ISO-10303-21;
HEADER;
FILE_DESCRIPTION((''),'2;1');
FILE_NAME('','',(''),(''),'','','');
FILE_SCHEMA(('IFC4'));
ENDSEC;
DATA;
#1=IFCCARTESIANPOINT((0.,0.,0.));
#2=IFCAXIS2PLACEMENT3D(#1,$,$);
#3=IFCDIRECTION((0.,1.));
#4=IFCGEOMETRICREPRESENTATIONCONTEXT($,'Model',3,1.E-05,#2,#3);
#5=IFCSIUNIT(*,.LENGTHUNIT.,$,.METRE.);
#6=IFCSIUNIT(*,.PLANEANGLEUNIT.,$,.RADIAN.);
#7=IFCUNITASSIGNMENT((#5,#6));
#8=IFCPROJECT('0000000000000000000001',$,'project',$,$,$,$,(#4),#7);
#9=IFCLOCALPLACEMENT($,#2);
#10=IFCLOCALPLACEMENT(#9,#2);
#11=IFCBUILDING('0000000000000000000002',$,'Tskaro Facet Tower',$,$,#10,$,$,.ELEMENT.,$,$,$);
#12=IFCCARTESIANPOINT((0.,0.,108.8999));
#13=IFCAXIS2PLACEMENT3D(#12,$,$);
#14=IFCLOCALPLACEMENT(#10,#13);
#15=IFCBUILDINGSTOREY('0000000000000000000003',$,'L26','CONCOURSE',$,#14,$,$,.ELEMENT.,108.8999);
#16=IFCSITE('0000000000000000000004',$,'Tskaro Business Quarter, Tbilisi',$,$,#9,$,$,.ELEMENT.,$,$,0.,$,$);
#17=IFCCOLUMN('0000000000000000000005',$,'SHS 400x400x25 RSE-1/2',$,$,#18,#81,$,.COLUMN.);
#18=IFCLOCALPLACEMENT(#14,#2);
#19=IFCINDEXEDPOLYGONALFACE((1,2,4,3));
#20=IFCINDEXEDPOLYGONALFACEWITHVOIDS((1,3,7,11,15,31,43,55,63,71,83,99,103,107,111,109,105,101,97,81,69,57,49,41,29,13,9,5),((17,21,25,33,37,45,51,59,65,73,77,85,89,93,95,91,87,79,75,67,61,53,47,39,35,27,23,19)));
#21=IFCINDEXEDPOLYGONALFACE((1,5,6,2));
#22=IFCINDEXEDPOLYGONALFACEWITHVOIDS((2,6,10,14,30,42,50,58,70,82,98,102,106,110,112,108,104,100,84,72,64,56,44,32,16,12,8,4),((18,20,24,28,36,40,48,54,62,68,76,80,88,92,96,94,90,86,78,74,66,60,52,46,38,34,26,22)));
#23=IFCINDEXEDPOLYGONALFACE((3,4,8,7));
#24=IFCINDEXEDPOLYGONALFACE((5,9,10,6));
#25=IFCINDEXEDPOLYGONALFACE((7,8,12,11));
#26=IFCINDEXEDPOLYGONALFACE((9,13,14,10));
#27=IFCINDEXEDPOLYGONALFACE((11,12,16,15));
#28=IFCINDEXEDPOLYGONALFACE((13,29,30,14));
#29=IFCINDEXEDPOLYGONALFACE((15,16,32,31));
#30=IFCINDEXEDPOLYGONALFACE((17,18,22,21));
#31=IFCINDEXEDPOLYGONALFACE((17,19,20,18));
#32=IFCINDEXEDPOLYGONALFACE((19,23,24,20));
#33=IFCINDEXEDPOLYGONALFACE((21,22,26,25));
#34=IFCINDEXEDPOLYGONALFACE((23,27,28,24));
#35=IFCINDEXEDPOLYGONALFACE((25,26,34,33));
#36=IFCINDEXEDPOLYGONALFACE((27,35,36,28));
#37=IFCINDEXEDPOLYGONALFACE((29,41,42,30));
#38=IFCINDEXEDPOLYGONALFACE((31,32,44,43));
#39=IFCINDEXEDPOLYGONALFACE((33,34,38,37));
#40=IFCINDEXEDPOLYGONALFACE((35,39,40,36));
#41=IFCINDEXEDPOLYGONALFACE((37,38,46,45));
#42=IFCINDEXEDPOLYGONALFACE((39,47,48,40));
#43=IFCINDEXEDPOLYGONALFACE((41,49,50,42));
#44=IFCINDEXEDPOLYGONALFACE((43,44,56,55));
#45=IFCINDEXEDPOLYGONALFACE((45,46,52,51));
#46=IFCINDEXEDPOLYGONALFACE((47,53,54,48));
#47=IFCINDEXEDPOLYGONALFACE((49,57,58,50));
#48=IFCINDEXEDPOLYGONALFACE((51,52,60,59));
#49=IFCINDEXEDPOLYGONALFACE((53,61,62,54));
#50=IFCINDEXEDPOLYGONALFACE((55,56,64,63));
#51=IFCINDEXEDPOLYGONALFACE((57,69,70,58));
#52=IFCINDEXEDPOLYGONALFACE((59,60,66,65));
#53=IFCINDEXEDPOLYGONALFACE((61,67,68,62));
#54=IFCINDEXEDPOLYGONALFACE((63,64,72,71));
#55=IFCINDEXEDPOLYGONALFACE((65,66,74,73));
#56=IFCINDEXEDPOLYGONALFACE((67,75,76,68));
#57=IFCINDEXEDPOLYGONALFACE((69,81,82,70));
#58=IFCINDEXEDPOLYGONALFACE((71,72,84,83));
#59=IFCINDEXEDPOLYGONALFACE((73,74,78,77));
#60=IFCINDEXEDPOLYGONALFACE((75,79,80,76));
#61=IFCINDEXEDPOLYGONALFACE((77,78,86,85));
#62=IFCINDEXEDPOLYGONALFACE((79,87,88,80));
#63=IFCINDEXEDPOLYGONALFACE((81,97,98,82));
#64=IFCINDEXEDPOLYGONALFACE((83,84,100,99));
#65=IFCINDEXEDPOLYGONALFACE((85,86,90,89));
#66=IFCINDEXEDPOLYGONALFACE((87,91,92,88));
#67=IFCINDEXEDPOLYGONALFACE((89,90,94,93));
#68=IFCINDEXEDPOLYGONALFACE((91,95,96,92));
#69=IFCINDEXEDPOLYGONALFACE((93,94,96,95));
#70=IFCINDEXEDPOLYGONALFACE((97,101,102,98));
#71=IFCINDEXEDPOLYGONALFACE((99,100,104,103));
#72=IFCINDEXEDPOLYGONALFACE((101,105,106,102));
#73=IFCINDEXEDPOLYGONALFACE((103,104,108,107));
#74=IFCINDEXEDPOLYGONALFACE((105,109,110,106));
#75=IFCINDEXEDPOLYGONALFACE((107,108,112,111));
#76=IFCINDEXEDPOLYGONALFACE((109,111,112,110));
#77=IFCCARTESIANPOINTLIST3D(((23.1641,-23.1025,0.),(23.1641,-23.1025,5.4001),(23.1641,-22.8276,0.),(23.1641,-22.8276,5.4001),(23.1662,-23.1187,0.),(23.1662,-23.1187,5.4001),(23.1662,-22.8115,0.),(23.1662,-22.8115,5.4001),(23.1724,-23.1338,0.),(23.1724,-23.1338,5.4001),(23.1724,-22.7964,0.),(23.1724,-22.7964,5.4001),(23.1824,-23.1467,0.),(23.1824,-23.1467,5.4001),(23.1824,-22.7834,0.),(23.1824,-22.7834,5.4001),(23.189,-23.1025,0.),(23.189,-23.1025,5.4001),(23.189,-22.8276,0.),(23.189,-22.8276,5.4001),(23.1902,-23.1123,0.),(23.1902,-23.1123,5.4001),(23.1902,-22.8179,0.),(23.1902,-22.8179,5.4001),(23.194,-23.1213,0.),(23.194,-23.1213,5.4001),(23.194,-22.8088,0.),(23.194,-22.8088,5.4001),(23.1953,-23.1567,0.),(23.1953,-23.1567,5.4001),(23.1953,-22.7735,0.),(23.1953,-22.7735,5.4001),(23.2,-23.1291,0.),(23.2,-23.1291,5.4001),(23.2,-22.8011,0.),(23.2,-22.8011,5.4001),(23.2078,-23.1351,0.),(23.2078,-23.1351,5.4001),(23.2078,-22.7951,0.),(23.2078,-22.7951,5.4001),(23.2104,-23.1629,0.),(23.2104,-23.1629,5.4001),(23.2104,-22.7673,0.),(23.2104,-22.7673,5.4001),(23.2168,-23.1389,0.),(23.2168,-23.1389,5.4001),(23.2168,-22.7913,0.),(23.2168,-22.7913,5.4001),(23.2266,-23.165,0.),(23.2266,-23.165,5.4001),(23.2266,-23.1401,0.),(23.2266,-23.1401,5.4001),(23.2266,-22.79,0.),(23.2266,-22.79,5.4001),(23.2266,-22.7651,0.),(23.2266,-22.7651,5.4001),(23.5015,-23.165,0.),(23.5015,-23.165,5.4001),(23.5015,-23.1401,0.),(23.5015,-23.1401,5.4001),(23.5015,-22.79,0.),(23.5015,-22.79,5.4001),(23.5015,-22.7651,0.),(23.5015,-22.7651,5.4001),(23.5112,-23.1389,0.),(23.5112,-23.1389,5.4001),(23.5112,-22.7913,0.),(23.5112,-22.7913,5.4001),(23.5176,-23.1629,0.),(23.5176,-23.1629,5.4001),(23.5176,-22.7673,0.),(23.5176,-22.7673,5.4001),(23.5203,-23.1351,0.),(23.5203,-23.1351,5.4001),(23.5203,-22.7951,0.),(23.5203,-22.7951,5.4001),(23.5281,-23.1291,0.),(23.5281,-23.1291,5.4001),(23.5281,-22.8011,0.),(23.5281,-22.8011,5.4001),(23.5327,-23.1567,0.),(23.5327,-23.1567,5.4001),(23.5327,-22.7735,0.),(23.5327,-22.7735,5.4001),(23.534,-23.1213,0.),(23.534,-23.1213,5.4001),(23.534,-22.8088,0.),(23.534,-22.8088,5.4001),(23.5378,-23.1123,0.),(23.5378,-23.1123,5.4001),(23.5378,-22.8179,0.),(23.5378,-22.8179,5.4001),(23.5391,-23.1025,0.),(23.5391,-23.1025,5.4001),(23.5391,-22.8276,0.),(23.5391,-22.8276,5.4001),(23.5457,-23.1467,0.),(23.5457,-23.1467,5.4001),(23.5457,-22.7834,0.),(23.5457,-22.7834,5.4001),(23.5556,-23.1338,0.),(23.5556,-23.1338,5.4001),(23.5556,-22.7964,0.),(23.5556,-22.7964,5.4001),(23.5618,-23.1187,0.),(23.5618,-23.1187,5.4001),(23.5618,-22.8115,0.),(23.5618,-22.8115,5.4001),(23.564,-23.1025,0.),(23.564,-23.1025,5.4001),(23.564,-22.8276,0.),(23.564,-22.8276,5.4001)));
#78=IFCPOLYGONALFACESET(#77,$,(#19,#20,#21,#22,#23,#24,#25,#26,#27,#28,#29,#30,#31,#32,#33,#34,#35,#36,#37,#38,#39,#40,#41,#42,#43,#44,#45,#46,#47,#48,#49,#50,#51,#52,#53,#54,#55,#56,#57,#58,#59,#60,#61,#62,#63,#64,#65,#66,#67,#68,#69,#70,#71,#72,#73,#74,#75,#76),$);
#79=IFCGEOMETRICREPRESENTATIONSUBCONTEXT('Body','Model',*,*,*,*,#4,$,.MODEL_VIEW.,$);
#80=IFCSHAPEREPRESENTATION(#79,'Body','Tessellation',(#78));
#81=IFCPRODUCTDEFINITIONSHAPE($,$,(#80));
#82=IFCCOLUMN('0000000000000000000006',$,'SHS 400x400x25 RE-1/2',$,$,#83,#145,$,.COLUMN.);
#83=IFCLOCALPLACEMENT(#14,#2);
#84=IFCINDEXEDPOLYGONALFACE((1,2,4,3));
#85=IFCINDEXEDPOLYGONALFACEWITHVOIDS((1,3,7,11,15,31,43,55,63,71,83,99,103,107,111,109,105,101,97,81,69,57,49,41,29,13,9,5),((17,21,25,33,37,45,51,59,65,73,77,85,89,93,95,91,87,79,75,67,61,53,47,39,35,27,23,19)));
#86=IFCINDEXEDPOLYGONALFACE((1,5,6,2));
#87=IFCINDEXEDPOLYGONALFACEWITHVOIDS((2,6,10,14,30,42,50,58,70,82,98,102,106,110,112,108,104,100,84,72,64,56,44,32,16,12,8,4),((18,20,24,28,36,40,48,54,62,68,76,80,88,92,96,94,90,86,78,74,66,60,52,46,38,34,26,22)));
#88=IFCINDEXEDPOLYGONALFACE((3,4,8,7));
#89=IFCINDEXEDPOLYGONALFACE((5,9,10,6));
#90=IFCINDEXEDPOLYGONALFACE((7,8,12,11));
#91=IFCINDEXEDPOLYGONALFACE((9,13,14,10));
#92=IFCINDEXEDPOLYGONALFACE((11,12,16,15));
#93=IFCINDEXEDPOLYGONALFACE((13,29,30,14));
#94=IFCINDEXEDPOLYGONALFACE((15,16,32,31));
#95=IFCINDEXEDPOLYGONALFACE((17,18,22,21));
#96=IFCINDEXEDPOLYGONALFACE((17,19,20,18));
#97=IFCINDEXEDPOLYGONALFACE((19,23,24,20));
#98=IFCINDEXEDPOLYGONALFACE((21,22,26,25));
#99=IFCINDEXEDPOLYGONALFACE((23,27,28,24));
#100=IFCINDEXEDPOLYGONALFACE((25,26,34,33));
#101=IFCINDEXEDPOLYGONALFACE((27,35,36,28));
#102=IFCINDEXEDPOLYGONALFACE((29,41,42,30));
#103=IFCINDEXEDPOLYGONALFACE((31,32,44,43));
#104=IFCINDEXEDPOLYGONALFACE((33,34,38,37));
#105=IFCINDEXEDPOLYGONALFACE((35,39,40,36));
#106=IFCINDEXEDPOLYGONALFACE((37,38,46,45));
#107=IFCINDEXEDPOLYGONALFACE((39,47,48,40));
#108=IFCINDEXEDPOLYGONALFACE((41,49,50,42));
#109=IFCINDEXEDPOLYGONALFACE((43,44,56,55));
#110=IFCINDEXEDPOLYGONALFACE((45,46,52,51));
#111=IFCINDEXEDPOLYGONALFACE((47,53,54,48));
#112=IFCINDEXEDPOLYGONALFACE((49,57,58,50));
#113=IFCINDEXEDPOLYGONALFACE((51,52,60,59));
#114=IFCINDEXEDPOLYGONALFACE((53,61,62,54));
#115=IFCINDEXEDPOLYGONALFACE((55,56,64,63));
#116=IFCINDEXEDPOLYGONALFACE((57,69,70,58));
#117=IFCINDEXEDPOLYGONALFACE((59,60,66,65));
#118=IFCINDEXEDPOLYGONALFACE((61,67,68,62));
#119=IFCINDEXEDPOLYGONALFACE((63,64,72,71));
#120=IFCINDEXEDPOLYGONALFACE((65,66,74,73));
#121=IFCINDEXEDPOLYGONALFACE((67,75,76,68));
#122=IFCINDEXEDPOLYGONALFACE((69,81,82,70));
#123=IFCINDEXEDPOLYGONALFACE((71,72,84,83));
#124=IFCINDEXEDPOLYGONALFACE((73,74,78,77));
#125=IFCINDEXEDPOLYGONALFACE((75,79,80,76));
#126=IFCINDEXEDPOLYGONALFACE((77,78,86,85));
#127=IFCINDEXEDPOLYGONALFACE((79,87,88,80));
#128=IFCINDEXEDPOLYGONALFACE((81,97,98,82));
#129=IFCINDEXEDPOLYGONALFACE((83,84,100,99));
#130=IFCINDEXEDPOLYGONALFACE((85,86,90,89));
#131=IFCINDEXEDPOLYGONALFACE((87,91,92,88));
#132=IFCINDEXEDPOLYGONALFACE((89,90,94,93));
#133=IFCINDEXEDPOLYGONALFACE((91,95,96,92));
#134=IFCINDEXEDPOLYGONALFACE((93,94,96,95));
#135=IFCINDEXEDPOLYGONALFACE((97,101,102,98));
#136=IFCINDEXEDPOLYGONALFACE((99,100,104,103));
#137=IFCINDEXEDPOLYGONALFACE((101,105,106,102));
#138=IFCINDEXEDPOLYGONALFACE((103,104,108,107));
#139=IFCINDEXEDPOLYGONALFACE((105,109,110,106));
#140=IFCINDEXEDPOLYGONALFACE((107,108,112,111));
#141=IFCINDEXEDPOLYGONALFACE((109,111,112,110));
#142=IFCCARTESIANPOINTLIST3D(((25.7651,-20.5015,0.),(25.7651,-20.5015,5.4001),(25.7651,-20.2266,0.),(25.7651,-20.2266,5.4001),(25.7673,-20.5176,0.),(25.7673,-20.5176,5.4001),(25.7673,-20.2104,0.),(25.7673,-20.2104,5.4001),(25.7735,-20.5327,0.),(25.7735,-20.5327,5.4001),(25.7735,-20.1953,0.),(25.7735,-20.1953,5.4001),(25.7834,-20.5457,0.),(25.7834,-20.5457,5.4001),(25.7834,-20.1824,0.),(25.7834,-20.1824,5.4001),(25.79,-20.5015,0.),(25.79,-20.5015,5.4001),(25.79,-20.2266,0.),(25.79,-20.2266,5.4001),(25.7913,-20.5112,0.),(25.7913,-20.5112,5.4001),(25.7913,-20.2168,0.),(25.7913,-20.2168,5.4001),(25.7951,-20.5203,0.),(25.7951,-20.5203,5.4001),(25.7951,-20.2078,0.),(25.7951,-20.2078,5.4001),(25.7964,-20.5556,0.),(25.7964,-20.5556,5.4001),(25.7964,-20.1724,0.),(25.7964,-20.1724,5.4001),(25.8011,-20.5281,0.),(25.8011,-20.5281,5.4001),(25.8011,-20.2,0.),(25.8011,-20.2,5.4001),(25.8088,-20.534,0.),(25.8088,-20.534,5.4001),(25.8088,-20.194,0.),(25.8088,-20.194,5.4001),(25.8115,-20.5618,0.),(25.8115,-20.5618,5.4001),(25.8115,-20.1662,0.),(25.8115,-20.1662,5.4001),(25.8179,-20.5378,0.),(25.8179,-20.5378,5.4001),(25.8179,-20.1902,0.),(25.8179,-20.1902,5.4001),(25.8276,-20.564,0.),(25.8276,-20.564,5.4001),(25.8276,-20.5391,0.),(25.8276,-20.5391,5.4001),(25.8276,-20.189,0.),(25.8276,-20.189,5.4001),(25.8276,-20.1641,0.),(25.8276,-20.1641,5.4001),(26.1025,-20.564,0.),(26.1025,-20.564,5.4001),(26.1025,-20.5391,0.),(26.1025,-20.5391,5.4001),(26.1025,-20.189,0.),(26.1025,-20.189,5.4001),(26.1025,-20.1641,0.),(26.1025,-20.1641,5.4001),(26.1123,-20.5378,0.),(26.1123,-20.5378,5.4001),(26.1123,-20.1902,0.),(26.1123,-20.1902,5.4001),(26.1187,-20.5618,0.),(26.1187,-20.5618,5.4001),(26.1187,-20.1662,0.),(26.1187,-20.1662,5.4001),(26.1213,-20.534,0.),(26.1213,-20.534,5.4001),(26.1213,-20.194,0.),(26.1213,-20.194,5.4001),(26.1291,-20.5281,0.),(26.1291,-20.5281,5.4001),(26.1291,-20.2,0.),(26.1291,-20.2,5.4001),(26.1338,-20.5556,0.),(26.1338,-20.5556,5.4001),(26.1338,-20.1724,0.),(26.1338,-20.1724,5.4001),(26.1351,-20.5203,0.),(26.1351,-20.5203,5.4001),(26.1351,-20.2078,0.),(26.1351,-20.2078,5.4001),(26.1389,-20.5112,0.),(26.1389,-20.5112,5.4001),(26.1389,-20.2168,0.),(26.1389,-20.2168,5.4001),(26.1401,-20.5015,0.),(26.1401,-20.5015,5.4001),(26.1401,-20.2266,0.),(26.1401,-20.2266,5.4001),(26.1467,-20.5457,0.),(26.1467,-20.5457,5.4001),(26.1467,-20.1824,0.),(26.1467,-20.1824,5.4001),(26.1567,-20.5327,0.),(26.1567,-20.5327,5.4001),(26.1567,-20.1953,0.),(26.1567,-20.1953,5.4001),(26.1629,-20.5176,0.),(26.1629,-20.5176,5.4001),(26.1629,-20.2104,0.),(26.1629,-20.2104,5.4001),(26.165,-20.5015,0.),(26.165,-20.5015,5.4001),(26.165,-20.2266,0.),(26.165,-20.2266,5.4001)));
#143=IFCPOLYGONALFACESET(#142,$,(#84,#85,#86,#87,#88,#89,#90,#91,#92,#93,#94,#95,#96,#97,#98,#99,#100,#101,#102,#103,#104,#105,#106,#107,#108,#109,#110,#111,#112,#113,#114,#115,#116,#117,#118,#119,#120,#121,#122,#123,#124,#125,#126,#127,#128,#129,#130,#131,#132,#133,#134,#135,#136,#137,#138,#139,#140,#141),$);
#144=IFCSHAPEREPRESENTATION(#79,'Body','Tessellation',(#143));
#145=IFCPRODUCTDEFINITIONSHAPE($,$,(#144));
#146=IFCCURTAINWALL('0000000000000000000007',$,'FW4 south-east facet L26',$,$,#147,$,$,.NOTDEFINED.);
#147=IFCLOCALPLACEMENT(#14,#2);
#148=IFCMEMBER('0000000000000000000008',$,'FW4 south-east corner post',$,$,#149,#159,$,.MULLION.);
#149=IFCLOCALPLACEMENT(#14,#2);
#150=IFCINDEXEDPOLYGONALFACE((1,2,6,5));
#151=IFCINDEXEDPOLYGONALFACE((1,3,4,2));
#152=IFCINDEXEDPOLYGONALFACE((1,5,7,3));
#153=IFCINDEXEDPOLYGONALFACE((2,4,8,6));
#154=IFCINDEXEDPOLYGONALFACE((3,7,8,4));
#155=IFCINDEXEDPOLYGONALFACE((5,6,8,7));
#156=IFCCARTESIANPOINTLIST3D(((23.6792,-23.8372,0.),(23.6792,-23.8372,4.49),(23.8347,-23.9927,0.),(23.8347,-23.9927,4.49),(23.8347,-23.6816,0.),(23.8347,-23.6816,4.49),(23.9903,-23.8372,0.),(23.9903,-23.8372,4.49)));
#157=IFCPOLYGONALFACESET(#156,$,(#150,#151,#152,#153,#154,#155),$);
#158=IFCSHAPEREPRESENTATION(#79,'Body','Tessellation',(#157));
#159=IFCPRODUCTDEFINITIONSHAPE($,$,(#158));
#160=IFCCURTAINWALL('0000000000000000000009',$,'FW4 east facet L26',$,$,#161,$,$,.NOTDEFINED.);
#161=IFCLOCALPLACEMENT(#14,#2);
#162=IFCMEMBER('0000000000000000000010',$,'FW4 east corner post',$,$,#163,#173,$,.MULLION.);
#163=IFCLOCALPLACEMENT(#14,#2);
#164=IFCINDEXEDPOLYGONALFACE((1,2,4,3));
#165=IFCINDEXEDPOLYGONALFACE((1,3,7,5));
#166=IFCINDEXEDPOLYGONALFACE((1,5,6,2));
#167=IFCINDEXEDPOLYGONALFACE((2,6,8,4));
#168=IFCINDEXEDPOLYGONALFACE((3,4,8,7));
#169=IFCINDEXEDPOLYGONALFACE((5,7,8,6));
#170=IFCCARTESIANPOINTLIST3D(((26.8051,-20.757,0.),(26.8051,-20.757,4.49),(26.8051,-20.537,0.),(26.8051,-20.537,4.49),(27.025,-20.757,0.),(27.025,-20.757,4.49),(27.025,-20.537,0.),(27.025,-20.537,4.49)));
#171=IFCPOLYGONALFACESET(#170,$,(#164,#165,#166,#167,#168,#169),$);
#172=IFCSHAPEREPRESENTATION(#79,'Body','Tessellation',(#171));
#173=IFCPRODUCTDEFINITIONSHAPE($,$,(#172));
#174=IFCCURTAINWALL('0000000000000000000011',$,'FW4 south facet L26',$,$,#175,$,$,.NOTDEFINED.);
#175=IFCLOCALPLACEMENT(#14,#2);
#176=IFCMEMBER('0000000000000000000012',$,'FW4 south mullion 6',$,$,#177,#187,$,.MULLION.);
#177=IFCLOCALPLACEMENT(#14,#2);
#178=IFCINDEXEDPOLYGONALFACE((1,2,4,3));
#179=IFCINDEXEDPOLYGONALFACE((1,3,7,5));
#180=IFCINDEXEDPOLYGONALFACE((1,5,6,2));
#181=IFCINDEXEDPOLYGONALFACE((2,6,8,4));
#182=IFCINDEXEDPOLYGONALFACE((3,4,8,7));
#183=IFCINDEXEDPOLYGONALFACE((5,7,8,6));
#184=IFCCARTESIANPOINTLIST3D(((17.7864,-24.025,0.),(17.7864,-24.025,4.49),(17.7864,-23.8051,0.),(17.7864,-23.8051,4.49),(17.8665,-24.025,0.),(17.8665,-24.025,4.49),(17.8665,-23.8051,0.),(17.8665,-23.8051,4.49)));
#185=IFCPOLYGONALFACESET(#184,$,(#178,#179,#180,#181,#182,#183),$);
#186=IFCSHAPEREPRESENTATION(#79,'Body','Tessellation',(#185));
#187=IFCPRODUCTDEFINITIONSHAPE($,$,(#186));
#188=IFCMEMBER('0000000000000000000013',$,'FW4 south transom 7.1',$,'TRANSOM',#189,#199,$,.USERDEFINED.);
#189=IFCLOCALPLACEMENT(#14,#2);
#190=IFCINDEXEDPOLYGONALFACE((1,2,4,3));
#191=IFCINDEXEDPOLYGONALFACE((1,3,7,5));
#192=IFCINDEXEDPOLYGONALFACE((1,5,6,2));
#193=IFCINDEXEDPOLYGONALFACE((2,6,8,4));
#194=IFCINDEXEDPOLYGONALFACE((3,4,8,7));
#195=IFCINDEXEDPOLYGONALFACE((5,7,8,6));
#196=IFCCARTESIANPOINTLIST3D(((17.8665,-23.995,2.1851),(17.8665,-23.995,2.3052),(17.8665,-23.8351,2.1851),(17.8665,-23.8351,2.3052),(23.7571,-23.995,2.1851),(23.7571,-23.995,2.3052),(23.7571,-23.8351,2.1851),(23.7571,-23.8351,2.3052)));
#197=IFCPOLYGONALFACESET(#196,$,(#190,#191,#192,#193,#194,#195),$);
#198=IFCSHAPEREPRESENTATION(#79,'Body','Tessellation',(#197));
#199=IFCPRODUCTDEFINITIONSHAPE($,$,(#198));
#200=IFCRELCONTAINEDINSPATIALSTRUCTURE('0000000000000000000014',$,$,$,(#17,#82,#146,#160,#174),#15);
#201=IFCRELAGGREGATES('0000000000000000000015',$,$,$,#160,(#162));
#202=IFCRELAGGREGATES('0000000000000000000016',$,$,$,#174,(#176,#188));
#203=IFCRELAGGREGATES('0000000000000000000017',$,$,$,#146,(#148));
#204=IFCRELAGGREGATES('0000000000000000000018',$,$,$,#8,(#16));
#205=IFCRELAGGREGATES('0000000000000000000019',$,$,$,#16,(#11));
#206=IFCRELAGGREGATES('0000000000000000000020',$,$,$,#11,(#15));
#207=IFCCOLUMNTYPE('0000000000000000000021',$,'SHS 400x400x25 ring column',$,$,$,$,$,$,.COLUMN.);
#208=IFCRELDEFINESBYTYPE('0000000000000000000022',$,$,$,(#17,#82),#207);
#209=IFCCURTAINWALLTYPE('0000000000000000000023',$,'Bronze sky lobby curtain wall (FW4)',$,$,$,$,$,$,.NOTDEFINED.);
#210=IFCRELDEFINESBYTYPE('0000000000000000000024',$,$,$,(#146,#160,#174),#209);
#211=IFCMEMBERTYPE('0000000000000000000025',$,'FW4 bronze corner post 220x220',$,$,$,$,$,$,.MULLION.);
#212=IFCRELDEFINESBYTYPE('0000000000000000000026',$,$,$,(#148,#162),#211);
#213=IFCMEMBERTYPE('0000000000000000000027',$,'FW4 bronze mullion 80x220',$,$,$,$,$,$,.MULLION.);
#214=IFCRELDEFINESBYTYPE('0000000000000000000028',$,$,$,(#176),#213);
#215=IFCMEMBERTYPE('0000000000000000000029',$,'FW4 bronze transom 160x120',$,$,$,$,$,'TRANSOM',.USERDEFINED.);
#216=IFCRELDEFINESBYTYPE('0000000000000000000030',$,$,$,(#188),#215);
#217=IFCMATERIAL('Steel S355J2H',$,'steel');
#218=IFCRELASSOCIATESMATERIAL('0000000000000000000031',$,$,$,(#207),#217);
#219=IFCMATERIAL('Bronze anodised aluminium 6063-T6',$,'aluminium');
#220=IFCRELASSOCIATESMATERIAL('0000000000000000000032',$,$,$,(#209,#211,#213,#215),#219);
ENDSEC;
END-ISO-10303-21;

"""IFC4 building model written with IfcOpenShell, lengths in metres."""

from ifc_helpers import new_model, si_unit, direction, frame, origin, origin_2d, place, context, subcontext, project, spatial, rectangle, hollow_rectangle, extrude, material, material_profile, profile_set, type_object, element, aggregate, save


model = new_model("IFC4")

# Units and contexts
model_context = context("Model", 3, precision=1e-05, world=origin(), true_north=direction((0.0, 1.0)))
body_context = subcontext(model_context, "Body", "Model", "MODEL_VIEW")
ifc_project = project(units=[si_unit("LENGTHUNIT", "METRE"), si_unit("PLANEANGLEUNIT", "RADIAN")], contexts=[model_context])

# Site, building, storey
site_placement = place(None, origin())
site = spatial("IfcSite", under=ifc_project, at=site_placement, Name="Tskaro Business Quarter, Tbilisi", CompositionType="ELEMENT", RefElevation=0.0)
building_placement = place(site_placement, origin())
building = spatial("IfcBuilding", under=site, at=building_placement, Name="Tskaro Facet Tower", CompositionType="ELEMENT")
storey_placement = place(building_placement, frame((0.0, 0.0, 108.8999)))
storey = spatial("IfcBuildingStorey", under=building, at=storey_placement, Name="L26", Description="CONCOURSE", CompositionType="ELEMENT", Elevation=108.8999)

# Columns
ifc_material_1 = material(Name="Steel S355J2H", Category="steel")
ifc_material_profile_1 = material_profile(ifc_material_1, hollow_rectangle(XDim=0.3999, YDim=0.3999, WallThickness=0.0249, InnerFilletRadius=0.0376, OuterFilletRadius=0.0625, at=origin_2d()), Name="SHS 400x400x25")
ifc_profile_set_1 = profile_set([ifc_material_profile_1], Name="Steel S355J2H")
column_type_1 = type_object("IfcColumnType", Name="SHS 400x400x25 ring column", PredefinedType="COLUMN", material=ifc_profile_set_1)
for number, where, z_axis, x_axis, name in (
    (1, (23.364, -22.9651, 0.0), (0.0, 0.0, 1.0), (1.0, 0.0, 0.0), "SHS 400x400x25 RSE-1/2"),
    (2, (25.9651, -20.364, 0.0), (0.0, 0.0, 1.0), (1.0, 0.0, 0.0), "SHS 400x400x25 RE-1/2"),
):
    element("IfcColumn", number, at=place(storey_placement, frame(where, z_axis=z_axis, x_axis=x_axis)), inside=storey, type_object=column_type_1, Name=name, PredefinedType="COLUMN", context=body_context, shape_type="SweptSolid", body=[
        extrude(hollow_rectangle(XDim=0.3999, YDim=0.3999, WallThickness=0.0249, InnerFilletRadius=0.0376, OuterFilletRadius=0.0625, at=origin_2d()), origin(), (0.0, 0.0, 1.0), 5.4001),
    ])

# Curtain walls, members
ifc_material_2 = material(Name="Bronze anodised aluminium 6063-T6", Category="aluminium")
curtain_wall_type = type_object("IfcCurtainWallType", Name="Bronze sky lobby curtain wall (FW4)", PredefinedType="NOTDEFINED", material=ifc_material_2)
curtain_wall_1_placement = place(storey_placement, origin())
curtain_wall_1 = element("IfcCurtainWall", 3, at=curtain_wall_1_placement, inside=storey, type_object=curtain_wall_type, Name="FW4 south-east facet L26", PredefinedType="NOTDEFINED")
ifc_material_profile_2 = material_profile(ifc_material_2, rectangle(XDim=0.22, YDim=0.22, at=origin_2d()), Name="Corner post 220x220")
ifc_profile_set_2 = profile_set([ifc_material_profile_2], Name="Bronze anodised aluminium 6063-T6")
member_type_1 = type_object("IfcMemberType", Name="FW4 bronze corner post 220x220", PredefinedType="MULLION", material=ifc_profile_set_2)
member_1_placement = place(storey_placement, frame((23.8347, -23.8372, 0.0), z_axis=(0.0, 0.0, 1.0), x_axis=(0.707107, 0.707107, 0.0)))
member_1 = element("IfcMember", 4, at=member_1_placement, type_object=member_type_1, Name="FW4 south-east corner post", PredefinedType="MULLION", context=body_context, shape_type="SweptSolid", body=[
    extrude(rectangle(XDim=0.22, YDim=0.22, at=origin_2d()), origin(), (0.0, 0.0, 1.0), 4.49),
])
curtain_wall_2_placement = place(storey_placement, origin())
curtain_wall_2 = element("IfcCurtainWall", 5, at=curtain_wall_2_placement, inside=storey, type_object=curtain_wall_type, Name="FW4 east facet L26", PredefinedType="NOTDEFINED")
member_2_placement = place(storey_placement, frame((26.915, -20.647, 0.0), z_axis=(0.0, 0.0, 1.0), x_axis=(0.0, 1.0, 0.0)))
member_2 = element("IfcMember", 6, at=member_2_placement, type_object=member_type_1, Name="FW4 east corner post", PredefinedType="MULLION", context=body_context, shape_type="SweptSolid", body=[
    extrude(rectangle(XDim=0.22, YDim=0.22, at=origin_2d()), origin(), (0.0, 0.0, 1.0), 4.49),
])

# Curtain wall, members
curtain_wall_3_placement = place(storey_placement, origin())
curtain_wall_3 = element("IfcCurtainWall", 7, at=curtain_wall_3_placement, inside=storey, type_object=curtain_wall_type, Name="FW4 south facet L26", PredefinedType="NOTDEFINED")
ifc_material_profile_3 = material_profile(ifc_material_2, rectangle(XDim=0.0801, YDim=0.22, at=origin_2d()), Name="Mullion 80x220")
ifc_profile_set_3 = profile_set([ifc_material_profile_3], Name="Bronze anodised aluminium 6063-T6")
member_type_2 = type_object("IfcMemberType", Name="FW4 bronze mullion 80x220", PredefinedType="MULLION", material=ifc_profile_set_3)
member_3_placement = place(storey_placement, frame((17.8264, -23.915, 0.0), z_axis=(0.0, 0.0, 1.0), x_axis=(1.0, 0.0, 0.0)))
member_3 = element("IfcMember", 8, at=member_3_placement, type_object=member_type_2, Name="FW4 south mullion 6", PredefinedType="MULLION", context=body_context, shape_type="SweptSolid", body=[
    extrude(rectangle(XDim=0.0801, YDim=0.22, at=origin_2d()), origin(), (0.0, 0.0, 1.0), 4.49),
])
ifc_material_profile_4 = material_profile(ifc_material_2, rectangle(XDim=0.1599, YDim=0.1201, at=origin_2d()), Name="Transom 160x120")
ifc_profile_set_4 = profile_set([ifc_material_profile_4], Name="Bronze anodised aluminium 6063-T6")
member_type_3 = type_object("IfcMemberType", Name="FW4 bronze transom 160x120", ElementType="TRANSOM", PredefinedType="USERDEFINED", material=ifc_profile_set_4)
member_4_placement = place(storey_placement, frame((17.8665, -23.915, 2.2451), z_axis=(1.0, 0.0, 0.0), x_axis=(0.0, 1.0, 0.0)))
member_4 = element("IfcMember", 9, at=member_4_placement, type_object=member_type_3, Name="FW4 south transom 7.1", ObjectType="TRANSOM", PredefinedType="USERDEFINED", context=body_context, shape_type="SweptSolid", body=[
    extrude(rectangle(XDim=0.1599, YDim=0.1201, at=origin_2d()), origin(), (0.0, 0.0, 1.0), 5.8906),
])

aggregate(curtain_wall_2, [member_2])

aggregate(curtain_wall_3, [member_3, member_4])
aggregate(curtain_wall_1, [member_1])

save(model, "model.ifc")
